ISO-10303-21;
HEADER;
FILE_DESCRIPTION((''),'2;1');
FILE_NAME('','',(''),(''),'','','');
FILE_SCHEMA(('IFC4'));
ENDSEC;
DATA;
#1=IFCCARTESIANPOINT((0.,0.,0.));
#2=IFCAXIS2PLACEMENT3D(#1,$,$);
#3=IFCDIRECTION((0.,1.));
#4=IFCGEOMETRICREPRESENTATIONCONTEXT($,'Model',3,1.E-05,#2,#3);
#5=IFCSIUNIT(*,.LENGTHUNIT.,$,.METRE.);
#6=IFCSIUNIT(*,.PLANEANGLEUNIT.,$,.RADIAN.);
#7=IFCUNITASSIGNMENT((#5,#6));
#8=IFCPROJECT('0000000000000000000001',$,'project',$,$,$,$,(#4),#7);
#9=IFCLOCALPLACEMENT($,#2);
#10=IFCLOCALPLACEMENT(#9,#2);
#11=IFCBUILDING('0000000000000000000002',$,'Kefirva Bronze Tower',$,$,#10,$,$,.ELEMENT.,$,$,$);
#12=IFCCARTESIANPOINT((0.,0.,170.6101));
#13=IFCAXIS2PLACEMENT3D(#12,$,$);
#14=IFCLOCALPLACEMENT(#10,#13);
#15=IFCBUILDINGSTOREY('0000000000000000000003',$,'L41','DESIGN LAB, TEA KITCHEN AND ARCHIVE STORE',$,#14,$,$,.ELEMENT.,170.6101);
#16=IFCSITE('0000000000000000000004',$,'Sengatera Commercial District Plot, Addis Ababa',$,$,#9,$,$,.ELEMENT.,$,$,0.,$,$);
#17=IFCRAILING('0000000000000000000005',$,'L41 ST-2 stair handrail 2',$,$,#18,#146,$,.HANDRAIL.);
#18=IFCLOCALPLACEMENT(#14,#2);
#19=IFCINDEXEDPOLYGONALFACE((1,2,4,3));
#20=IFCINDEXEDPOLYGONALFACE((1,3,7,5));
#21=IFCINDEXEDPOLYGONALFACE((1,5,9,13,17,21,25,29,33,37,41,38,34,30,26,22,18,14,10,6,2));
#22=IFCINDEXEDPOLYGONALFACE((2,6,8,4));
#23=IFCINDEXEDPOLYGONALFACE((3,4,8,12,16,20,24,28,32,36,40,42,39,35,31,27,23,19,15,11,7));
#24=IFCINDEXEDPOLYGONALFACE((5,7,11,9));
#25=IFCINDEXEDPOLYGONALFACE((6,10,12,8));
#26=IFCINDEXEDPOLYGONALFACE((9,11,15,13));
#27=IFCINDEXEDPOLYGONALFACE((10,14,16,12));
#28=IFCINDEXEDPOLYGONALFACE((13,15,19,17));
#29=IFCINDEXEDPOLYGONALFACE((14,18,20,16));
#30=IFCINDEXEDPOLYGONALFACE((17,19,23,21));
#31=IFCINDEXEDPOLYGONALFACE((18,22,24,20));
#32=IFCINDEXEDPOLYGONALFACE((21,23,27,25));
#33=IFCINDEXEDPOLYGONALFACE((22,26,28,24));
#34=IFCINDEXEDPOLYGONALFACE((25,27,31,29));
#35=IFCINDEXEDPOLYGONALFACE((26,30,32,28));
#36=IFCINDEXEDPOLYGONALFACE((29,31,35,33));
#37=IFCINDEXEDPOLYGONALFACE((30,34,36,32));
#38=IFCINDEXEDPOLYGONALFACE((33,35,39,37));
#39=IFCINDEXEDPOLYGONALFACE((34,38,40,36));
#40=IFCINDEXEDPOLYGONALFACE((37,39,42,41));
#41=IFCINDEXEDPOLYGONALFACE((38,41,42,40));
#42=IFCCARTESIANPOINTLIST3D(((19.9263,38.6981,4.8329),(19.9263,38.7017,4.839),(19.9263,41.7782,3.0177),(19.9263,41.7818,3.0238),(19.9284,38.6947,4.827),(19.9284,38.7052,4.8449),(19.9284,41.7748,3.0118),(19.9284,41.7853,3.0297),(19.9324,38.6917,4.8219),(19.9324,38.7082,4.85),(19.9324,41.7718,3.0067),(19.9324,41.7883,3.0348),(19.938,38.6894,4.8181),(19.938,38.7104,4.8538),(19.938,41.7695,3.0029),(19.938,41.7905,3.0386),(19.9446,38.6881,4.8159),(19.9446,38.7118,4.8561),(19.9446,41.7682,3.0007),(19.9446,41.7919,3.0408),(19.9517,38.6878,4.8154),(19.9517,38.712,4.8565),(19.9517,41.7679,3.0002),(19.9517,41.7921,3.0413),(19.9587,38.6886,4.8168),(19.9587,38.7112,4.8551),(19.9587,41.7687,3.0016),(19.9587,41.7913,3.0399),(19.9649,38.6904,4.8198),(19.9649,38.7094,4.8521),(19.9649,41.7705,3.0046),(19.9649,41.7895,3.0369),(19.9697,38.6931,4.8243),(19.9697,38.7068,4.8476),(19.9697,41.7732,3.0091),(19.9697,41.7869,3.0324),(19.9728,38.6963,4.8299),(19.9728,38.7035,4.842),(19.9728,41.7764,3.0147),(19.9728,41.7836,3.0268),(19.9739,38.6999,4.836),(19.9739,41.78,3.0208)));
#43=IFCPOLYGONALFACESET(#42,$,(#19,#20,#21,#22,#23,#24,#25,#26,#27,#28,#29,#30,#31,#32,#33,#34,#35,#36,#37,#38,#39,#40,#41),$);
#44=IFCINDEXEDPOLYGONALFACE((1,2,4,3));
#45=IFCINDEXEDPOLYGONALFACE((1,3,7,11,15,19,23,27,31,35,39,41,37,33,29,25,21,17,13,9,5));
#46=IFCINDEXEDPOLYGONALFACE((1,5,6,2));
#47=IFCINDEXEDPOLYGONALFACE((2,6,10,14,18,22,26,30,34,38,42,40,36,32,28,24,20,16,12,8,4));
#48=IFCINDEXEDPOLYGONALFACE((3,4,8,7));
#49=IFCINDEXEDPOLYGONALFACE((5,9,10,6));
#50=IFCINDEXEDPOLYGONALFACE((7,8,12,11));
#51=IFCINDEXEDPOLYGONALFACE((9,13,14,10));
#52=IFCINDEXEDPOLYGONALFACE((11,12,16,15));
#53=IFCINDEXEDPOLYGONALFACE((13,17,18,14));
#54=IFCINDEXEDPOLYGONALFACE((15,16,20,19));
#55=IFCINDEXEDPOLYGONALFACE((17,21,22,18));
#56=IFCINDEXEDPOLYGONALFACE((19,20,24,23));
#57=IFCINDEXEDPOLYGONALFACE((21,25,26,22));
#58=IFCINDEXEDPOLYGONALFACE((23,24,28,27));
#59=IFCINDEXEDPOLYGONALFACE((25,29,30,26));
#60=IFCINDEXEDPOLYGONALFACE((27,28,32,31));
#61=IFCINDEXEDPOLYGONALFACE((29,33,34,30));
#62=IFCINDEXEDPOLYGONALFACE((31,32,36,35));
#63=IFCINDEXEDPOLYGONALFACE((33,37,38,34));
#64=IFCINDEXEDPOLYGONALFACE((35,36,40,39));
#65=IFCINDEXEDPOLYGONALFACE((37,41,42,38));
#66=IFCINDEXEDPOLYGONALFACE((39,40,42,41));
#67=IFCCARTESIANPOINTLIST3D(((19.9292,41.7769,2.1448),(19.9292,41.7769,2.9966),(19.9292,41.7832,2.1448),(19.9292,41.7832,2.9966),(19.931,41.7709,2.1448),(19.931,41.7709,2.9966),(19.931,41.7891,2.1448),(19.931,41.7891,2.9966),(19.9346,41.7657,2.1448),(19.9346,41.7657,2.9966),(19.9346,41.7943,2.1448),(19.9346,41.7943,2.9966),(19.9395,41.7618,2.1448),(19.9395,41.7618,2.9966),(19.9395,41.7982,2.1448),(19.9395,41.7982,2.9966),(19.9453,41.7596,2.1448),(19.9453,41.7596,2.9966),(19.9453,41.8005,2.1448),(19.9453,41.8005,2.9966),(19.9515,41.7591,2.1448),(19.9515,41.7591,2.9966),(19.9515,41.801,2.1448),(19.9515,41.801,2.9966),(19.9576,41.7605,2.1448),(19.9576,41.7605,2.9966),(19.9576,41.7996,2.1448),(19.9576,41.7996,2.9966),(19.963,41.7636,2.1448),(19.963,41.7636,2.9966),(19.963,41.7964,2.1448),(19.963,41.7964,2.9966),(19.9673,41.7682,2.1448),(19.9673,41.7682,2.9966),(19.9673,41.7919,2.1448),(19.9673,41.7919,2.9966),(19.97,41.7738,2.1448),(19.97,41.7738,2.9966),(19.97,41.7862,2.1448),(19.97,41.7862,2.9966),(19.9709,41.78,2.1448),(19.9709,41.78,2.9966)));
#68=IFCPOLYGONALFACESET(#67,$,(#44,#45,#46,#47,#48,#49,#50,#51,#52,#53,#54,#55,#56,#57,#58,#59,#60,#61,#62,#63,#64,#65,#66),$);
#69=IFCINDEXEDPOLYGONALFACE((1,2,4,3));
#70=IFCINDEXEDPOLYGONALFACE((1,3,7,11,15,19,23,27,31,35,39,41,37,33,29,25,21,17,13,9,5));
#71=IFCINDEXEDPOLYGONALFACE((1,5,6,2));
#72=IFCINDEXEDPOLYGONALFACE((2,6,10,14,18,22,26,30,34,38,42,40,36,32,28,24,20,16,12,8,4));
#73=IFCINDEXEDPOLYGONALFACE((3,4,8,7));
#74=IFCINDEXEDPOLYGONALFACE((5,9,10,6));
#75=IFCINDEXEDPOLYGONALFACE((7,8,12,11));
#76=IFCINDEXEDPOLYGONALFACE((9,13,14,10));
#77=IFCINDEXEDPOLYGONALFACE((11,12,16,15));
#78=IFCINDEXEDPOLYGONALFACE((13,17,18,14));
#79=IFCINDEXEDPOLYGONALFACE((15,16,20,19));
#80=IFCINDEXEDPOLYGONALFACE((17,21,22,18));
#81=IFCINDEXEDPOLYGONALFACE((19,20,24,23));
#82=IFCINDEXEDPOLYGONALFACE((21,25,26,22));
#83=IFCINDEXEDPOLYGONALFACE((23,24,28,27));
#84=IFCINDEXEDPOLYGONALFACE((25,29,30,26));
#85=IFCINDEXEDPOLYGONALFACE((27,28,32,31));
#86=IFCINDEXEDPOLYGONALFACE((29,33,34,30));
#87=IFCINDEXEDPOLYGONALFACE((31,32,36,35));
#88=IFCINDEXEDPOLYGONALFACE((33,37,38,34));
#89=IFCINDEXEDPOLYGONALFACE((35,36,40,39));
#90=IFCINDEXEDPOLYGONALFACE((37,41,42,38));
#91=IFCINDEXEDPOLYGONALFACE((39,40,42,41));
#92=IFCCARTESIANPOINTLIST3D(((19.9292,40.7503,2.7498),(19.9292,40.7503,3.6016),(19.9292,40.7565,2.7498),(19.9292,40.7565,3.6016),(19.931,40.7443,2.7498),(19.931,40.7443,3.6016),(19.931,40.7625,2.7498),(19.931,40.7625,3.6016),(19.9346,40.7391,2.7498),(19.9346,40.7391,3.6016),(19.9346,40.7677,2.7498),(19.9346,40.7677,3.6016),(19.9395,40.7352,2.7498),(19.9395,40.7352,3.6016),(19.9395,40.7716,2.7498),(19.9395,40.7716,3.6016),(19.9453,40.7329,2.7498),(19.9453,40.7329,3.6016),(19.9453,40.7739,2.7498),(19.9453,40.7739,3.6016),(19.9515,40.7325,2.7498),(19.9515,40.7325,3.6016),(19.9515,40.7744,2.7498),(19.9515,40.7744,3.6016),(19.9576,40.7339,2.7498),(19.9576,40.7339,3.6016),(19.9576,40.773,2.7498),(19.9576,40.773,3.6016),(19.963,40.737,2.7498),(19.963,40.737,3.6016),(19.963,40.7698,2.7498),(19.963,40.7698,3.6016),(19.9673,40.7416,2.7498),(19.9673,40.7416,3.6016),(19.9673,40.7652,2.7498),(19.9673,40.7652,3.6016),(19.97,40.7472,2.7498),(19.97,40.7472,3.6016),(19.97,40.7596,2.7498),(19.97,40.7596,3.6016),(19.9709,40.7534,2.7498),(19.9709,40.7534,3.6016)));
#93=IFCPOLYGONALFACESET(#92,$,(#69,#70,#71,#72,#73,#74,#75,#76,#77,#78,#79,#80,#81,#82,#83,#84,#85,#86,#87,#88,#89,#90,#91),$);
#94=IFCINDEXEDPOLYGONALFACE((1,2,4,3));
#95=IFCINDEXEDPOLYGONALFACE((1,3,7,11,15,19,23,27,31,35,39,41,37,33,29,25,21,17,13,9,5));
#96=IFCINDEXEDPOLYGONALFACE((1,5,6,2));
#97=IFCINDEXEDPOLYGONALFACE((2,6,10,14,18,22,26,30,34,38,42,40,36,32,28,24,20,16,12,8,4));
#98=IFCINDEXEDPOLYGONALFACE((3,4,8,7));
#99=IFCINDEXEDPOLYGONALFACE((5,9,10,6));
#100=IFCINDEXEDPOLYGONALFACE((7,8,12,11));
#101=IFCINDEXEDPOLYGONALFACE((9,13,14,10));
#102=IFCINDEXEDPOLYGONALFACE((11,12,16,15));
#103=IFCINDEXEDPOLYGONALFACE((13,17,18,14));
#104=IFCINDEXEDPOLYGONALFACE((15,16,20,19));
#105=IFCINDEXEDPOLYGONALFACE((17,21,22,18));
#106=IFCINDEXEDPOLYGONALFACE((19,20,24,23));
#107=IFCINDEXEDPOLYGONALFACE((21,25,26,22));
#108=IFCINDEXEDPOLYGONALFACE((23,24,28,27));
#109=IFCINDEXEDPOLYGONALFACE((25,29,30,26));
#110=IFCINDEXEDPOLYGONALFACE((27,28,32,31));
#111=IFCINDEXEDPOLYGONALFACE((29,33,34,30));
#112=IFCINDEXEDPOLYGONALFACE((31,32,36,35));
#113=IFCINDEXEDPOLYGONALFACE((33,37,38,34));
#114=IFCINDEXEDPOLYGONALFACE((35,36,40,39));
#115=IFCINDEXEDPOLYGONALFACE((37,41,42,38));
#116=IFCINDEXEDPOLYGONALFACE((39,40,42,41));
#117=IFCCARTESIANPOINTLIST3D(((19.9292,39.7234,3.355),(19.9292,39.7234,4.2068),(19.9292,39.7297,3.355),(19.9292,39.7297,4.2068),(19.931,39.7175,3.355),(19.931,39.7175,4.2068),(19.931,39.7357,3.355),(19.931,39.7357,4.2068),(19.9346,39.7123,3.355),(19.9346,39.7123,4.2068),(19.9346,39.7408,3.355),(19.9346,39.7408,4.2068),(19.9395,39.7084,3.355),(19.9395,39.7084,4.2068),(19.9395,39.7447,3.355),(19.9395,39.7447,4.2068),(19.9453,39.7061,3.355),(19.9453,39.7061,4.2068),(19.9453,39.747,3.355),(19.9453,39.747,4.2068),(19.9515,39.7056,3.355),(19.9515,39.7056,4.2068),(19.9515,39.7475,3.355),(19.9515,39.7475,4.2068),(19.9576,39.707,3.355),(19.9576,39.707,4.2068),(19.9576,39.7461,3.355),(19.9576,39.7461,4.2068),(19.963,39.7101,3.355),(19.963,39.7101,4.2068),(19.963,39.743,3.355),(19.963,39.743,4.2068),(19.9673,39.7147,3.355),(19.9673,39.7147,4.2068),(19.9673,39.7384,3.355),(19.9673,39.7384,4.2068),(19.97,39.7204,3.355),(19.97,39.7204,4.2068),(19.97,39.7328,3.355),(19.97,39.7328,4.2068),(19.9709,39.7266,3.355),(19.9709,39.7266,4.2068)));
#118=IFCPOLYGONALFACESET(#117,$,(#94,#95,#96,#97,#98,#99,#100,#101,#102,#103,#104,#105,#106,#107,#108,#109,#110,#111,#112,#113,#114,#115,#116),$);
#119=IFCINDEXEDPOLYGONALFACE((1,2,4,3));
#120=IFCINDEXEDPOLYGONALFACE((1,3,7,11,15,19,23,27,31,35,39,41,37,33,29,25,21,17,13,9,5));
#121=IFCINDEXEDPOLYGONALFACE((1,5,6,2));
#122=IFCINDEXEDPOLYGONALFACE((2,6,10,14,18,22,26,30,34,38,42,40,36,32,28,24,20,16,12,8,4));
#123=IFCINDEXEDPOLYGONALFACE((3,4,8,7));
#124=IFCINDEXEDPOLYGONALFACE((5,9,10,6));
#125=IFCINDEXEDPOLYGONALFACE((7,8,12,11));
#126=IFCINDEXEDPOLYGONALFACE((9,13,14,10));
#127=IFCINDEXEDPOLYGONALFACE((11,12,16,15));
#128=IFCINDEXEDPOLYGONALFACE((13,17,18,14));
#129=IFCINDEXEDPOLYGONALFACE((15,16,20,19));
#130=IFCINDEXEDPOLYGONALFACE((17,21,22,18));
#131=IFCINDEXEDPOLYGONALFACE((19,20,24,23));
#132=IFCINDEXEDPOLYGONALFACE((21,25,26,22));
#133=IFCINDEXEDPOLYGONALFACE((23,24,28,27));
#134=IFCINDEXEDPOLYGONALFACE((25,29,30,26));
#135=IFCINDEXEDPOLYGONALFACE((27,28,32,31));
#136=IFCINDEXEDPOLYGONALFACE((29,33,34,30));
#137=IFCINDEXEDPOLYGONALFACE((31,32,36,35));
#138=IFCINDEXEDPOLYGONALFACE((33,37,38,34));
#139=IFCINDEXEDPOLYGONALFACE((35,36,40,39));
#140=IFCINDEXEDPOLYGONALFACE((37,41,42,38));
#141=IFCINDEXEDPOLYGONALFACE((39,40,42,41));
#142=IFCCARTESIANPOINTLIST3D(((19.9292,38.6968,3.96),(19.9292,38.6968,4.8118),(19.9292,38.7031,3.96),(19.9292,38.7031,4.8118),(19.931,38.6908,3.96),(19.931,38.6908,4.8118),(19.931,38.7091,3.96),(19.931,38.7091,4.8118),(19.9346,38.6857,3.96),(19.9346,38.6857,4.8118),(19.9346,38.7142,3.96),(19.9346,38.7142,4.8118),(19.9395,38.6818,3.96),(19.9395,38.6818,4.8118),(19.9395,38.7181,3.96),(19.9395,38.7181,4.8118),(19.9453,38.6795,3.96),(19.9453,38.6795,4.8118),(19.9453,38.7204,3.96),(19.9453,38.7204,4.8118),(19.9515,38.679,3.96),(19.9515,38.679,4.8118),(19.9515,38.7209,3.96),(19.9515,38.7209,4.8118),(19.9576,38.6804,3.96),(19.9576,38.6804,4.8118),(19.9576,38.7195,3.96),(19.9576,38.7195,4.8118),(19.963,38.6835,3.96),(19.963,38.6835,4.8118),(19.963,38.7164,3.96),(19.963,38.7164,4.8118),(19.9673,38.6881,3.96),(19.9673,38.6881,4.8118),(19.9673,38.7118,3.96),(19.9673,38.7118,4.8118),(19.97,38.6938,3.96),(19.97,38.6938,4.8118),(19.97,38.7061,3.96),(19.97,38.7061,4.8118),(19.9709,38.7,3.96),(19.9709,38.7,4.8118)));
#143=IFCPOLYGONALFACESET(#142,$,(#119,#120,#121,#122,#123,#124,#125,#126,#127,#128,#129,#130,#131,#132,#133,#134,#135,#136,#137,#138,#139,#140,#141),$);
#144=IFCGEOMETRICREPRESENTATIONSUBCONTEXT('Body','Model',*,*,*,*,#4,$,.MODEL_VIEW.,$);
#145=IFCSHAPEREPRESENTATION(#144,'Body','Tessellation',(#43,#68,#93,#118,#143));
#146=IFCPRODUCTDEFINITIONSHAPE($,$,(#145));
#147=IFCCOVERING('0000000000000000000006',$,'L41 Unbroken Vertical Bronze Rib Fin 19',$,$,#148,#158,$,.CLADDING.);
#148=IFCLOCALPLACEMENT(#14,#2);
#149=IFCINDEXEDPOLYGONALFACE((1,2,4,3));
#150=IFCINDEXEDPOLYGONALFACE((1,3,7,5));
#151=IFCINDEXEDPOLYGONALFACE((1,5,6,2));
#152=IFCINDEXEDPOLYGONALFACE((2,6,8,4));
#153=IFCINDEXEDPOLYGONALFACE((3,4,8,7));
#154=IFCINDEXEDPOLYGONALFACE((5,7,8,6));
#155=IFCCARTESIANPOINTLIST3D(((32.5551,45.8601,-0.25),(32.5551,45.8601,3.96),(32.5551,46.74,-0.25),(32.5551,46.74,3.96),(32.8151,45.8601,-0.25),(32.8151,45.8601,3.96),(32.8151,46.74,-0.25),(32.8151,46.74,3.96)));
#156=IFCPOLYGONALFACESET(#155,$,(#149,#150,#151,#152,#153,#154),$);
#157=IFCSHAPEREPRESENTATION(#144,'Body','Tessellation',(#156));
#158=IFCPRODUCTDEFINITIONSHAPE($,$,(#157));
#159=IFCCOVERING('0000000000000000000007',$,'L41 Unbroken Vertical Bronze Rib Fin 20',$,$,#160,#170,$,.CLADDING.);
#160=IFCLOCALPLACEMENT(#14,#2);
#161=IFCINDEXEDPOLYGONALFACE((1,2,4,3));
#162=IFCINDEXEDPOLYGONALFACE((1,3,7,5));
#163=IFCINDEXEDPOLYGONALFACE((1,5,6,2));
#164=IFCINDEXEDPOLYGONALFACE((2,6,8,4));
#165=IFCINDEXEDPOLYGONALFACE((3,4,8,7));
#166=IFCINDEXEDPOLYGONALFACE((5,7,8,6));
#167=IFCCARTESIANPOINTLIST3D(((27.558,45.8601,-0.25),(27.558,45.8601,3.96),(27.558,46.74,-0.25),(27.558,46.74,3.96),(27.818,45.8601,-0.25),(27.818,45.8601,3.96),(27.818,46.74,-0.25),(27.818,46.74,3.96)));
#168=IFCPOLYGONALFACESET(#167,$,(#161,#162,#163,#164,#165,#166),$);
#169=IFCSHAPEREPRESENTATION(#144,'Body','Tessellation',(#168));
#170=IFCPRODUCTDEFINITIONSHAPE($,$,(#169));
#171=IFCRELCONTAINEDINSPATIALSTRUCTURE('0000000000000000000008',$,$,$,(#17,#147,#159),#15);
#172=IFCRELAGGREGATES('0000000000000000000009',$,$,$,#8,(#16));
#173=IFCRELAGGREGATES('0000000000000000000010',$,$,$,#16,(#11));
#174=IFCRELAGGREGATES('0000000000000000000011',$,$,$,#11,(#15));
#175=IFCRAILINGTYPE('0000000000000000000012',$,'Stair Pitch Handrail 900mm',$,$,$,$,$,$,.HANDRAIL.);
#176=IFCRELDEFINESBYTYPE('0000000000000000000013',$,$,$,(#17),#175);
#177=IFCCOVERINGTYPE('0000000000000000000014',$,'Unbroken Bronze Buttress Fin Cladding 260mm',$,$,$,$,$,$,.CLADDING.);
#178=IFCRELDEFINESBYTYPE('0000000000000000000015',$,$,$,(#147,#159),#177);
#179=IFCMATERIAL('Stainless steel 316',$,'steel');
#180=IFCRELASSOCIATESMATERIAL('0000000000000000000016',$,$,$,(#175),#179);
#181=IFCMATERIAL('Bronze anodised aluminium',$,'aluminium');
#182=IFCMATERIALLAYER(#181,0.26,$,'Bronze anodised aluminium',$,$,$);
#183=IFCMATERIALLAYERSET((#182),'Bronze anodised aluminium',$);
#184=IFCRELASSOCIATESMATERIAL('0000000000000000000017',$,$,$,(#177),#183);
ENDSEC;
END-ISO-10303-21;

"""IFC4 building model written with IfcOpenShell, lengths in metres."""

from ifc_helpers import new_model, si_unit, direction, frame, origin, origin_2d, place, context, subcontext, project, spatial, rectangle, circle, extrude, material, layer, layer_set, type_object, element, save


model = new_model("IFC4")

# Units and contexts
model_context = context("Model", 3, precision=1e-05, world=origin(), true_north=direction((0.0, 1.0)))
body_context = subcontext(model_context, "Body", "Model", "MODEL_VIEW")
ifc_project = project(units=[si_unit("LENGTHUNIT", "METRE"), si_unit("PLANEANGLEUNIT", "RADIAN")], contexts=[model_context])

# Site, building, storey
site_placement = place(None, origin())
site = spatial("IfcSite", under=ifc_project, at=site_placement, Name="Sengatera Commercial District Plot, Addis Ababa", CompositionType="ELEMENT", RefElevation=0.0)
building_placement = place(site_placement, origin())
building = spatial("IfcBuilding", under=site, at=building_placement, Name="Kefirva Bronze Tower", CompositionType="ELEMENT")
storey_placement = place(building_placement, frame((0.0, 0.0, 170.6101)))
storey = spatial("IfcBuildingStorey", under=building, at=storey_placement, Name="L41", Description="DESIGN LAB, TEA KITCHEN AND ARCHIVE STORE", CompositionType="ELEMENT", Elevation=170.6101)

# Shared definitions
ifc_material_1 = material(Name="Bronze anodised aluminium", Category="aluminium")

# Railing
ifc_material_2 = material(Name="Stainless steel 316", Category="steel")
railing_type_1 = type_object("IfcRailingType", Name="Stair Pitch Handrail 900mm", PredefinedType="HANDRAIL", material=ifc_material_2)
railing_1_placement = place(storey_placement, frame((19.95, 41.78, 2.1448)))
element("IfcRailing", 1, at=railing_1_placement, inside=storey, type_object=railing_type_1, Name="L41 ST-2 stair handrail 2", PredefinedType="HANDRAIL", context=body_context, shape_type="SweptSolid", body=[
    extrude(circle(Radius=0.0239, at=origin_2d()), frame((0.0, 0.0, 0.876), z_axis=(0.0, -0.861521, 0.507721), x_axis=(1.0, 0.0, 0.0)), (0.0, 0.0, 1.0), 3.5752),
    extrude(circle(Radius=0.021, at=origin_2d()), origin(), (0.0, 0.0, 1.0), 0.8518),
    extrude(circle(Radius=0.021, at=origin_2d()), frame((0.0, -1.0266, 0.605)), (0.0, 0.0, 1.0), 0.8518),
    extrude(circle(Radius=0.021, at=origin_2d()), frame((0.0, -2.0535, 1.2102)), (0.0, 0.0, 1.0), 0.8518),
    extrude(circle(Radius=0.021, at=origin_2d()), frame((0.0, -3.0801, 1.8152)), (0.0, 0.0, 1.0), 0.8518),
])

# Coverings
ifc_layer_1 = layer(ifc_material_1, 0.26, Name="Bronze anodised aluminium")
ifc_layer_set_1 = layer_set([ifc_layer_1], Name="Bronze anodised aluminium")
covering_type = type_object("IfcCoveringType", Name="Unbroken Bronze Buttress Fin Cladding 260mm", PredefinedType="CLADDING", material=ifc_layer_set_1)
for number, where, z_axis, x_axis, name in (
    (2, (32.6851, 46.3, -0.25), (0.0, 0.0, 1.0), (-1.0, 0.0, 0.0), "L41 Unbroken Vertical Bronze Rib Fin 19"),
    (3, (27.688, 46.3, -0.25), (0.0, 0.0, 1.0), (-1.0, 0.0, 0.0), "L41 Unbroken Vertical Bronze Rib Fin 20"),
):
    element("IfcCovering", number, at=place(storey_placement, frame(where, z_axis=z_axis, x_axis=x_axis)), inside=storey, type_object=covering_type, Name=name, PredefinedType="CLADDING", context=body_context, shape_type="SweptSolid", body=[
        extrude(rectangle(XDim=0.26, YDim=0.8799, at=origin_2d()), origin(), (0.0, 0.0, 1.0), 4.21),
    ])

save(model, "model.ifc")
